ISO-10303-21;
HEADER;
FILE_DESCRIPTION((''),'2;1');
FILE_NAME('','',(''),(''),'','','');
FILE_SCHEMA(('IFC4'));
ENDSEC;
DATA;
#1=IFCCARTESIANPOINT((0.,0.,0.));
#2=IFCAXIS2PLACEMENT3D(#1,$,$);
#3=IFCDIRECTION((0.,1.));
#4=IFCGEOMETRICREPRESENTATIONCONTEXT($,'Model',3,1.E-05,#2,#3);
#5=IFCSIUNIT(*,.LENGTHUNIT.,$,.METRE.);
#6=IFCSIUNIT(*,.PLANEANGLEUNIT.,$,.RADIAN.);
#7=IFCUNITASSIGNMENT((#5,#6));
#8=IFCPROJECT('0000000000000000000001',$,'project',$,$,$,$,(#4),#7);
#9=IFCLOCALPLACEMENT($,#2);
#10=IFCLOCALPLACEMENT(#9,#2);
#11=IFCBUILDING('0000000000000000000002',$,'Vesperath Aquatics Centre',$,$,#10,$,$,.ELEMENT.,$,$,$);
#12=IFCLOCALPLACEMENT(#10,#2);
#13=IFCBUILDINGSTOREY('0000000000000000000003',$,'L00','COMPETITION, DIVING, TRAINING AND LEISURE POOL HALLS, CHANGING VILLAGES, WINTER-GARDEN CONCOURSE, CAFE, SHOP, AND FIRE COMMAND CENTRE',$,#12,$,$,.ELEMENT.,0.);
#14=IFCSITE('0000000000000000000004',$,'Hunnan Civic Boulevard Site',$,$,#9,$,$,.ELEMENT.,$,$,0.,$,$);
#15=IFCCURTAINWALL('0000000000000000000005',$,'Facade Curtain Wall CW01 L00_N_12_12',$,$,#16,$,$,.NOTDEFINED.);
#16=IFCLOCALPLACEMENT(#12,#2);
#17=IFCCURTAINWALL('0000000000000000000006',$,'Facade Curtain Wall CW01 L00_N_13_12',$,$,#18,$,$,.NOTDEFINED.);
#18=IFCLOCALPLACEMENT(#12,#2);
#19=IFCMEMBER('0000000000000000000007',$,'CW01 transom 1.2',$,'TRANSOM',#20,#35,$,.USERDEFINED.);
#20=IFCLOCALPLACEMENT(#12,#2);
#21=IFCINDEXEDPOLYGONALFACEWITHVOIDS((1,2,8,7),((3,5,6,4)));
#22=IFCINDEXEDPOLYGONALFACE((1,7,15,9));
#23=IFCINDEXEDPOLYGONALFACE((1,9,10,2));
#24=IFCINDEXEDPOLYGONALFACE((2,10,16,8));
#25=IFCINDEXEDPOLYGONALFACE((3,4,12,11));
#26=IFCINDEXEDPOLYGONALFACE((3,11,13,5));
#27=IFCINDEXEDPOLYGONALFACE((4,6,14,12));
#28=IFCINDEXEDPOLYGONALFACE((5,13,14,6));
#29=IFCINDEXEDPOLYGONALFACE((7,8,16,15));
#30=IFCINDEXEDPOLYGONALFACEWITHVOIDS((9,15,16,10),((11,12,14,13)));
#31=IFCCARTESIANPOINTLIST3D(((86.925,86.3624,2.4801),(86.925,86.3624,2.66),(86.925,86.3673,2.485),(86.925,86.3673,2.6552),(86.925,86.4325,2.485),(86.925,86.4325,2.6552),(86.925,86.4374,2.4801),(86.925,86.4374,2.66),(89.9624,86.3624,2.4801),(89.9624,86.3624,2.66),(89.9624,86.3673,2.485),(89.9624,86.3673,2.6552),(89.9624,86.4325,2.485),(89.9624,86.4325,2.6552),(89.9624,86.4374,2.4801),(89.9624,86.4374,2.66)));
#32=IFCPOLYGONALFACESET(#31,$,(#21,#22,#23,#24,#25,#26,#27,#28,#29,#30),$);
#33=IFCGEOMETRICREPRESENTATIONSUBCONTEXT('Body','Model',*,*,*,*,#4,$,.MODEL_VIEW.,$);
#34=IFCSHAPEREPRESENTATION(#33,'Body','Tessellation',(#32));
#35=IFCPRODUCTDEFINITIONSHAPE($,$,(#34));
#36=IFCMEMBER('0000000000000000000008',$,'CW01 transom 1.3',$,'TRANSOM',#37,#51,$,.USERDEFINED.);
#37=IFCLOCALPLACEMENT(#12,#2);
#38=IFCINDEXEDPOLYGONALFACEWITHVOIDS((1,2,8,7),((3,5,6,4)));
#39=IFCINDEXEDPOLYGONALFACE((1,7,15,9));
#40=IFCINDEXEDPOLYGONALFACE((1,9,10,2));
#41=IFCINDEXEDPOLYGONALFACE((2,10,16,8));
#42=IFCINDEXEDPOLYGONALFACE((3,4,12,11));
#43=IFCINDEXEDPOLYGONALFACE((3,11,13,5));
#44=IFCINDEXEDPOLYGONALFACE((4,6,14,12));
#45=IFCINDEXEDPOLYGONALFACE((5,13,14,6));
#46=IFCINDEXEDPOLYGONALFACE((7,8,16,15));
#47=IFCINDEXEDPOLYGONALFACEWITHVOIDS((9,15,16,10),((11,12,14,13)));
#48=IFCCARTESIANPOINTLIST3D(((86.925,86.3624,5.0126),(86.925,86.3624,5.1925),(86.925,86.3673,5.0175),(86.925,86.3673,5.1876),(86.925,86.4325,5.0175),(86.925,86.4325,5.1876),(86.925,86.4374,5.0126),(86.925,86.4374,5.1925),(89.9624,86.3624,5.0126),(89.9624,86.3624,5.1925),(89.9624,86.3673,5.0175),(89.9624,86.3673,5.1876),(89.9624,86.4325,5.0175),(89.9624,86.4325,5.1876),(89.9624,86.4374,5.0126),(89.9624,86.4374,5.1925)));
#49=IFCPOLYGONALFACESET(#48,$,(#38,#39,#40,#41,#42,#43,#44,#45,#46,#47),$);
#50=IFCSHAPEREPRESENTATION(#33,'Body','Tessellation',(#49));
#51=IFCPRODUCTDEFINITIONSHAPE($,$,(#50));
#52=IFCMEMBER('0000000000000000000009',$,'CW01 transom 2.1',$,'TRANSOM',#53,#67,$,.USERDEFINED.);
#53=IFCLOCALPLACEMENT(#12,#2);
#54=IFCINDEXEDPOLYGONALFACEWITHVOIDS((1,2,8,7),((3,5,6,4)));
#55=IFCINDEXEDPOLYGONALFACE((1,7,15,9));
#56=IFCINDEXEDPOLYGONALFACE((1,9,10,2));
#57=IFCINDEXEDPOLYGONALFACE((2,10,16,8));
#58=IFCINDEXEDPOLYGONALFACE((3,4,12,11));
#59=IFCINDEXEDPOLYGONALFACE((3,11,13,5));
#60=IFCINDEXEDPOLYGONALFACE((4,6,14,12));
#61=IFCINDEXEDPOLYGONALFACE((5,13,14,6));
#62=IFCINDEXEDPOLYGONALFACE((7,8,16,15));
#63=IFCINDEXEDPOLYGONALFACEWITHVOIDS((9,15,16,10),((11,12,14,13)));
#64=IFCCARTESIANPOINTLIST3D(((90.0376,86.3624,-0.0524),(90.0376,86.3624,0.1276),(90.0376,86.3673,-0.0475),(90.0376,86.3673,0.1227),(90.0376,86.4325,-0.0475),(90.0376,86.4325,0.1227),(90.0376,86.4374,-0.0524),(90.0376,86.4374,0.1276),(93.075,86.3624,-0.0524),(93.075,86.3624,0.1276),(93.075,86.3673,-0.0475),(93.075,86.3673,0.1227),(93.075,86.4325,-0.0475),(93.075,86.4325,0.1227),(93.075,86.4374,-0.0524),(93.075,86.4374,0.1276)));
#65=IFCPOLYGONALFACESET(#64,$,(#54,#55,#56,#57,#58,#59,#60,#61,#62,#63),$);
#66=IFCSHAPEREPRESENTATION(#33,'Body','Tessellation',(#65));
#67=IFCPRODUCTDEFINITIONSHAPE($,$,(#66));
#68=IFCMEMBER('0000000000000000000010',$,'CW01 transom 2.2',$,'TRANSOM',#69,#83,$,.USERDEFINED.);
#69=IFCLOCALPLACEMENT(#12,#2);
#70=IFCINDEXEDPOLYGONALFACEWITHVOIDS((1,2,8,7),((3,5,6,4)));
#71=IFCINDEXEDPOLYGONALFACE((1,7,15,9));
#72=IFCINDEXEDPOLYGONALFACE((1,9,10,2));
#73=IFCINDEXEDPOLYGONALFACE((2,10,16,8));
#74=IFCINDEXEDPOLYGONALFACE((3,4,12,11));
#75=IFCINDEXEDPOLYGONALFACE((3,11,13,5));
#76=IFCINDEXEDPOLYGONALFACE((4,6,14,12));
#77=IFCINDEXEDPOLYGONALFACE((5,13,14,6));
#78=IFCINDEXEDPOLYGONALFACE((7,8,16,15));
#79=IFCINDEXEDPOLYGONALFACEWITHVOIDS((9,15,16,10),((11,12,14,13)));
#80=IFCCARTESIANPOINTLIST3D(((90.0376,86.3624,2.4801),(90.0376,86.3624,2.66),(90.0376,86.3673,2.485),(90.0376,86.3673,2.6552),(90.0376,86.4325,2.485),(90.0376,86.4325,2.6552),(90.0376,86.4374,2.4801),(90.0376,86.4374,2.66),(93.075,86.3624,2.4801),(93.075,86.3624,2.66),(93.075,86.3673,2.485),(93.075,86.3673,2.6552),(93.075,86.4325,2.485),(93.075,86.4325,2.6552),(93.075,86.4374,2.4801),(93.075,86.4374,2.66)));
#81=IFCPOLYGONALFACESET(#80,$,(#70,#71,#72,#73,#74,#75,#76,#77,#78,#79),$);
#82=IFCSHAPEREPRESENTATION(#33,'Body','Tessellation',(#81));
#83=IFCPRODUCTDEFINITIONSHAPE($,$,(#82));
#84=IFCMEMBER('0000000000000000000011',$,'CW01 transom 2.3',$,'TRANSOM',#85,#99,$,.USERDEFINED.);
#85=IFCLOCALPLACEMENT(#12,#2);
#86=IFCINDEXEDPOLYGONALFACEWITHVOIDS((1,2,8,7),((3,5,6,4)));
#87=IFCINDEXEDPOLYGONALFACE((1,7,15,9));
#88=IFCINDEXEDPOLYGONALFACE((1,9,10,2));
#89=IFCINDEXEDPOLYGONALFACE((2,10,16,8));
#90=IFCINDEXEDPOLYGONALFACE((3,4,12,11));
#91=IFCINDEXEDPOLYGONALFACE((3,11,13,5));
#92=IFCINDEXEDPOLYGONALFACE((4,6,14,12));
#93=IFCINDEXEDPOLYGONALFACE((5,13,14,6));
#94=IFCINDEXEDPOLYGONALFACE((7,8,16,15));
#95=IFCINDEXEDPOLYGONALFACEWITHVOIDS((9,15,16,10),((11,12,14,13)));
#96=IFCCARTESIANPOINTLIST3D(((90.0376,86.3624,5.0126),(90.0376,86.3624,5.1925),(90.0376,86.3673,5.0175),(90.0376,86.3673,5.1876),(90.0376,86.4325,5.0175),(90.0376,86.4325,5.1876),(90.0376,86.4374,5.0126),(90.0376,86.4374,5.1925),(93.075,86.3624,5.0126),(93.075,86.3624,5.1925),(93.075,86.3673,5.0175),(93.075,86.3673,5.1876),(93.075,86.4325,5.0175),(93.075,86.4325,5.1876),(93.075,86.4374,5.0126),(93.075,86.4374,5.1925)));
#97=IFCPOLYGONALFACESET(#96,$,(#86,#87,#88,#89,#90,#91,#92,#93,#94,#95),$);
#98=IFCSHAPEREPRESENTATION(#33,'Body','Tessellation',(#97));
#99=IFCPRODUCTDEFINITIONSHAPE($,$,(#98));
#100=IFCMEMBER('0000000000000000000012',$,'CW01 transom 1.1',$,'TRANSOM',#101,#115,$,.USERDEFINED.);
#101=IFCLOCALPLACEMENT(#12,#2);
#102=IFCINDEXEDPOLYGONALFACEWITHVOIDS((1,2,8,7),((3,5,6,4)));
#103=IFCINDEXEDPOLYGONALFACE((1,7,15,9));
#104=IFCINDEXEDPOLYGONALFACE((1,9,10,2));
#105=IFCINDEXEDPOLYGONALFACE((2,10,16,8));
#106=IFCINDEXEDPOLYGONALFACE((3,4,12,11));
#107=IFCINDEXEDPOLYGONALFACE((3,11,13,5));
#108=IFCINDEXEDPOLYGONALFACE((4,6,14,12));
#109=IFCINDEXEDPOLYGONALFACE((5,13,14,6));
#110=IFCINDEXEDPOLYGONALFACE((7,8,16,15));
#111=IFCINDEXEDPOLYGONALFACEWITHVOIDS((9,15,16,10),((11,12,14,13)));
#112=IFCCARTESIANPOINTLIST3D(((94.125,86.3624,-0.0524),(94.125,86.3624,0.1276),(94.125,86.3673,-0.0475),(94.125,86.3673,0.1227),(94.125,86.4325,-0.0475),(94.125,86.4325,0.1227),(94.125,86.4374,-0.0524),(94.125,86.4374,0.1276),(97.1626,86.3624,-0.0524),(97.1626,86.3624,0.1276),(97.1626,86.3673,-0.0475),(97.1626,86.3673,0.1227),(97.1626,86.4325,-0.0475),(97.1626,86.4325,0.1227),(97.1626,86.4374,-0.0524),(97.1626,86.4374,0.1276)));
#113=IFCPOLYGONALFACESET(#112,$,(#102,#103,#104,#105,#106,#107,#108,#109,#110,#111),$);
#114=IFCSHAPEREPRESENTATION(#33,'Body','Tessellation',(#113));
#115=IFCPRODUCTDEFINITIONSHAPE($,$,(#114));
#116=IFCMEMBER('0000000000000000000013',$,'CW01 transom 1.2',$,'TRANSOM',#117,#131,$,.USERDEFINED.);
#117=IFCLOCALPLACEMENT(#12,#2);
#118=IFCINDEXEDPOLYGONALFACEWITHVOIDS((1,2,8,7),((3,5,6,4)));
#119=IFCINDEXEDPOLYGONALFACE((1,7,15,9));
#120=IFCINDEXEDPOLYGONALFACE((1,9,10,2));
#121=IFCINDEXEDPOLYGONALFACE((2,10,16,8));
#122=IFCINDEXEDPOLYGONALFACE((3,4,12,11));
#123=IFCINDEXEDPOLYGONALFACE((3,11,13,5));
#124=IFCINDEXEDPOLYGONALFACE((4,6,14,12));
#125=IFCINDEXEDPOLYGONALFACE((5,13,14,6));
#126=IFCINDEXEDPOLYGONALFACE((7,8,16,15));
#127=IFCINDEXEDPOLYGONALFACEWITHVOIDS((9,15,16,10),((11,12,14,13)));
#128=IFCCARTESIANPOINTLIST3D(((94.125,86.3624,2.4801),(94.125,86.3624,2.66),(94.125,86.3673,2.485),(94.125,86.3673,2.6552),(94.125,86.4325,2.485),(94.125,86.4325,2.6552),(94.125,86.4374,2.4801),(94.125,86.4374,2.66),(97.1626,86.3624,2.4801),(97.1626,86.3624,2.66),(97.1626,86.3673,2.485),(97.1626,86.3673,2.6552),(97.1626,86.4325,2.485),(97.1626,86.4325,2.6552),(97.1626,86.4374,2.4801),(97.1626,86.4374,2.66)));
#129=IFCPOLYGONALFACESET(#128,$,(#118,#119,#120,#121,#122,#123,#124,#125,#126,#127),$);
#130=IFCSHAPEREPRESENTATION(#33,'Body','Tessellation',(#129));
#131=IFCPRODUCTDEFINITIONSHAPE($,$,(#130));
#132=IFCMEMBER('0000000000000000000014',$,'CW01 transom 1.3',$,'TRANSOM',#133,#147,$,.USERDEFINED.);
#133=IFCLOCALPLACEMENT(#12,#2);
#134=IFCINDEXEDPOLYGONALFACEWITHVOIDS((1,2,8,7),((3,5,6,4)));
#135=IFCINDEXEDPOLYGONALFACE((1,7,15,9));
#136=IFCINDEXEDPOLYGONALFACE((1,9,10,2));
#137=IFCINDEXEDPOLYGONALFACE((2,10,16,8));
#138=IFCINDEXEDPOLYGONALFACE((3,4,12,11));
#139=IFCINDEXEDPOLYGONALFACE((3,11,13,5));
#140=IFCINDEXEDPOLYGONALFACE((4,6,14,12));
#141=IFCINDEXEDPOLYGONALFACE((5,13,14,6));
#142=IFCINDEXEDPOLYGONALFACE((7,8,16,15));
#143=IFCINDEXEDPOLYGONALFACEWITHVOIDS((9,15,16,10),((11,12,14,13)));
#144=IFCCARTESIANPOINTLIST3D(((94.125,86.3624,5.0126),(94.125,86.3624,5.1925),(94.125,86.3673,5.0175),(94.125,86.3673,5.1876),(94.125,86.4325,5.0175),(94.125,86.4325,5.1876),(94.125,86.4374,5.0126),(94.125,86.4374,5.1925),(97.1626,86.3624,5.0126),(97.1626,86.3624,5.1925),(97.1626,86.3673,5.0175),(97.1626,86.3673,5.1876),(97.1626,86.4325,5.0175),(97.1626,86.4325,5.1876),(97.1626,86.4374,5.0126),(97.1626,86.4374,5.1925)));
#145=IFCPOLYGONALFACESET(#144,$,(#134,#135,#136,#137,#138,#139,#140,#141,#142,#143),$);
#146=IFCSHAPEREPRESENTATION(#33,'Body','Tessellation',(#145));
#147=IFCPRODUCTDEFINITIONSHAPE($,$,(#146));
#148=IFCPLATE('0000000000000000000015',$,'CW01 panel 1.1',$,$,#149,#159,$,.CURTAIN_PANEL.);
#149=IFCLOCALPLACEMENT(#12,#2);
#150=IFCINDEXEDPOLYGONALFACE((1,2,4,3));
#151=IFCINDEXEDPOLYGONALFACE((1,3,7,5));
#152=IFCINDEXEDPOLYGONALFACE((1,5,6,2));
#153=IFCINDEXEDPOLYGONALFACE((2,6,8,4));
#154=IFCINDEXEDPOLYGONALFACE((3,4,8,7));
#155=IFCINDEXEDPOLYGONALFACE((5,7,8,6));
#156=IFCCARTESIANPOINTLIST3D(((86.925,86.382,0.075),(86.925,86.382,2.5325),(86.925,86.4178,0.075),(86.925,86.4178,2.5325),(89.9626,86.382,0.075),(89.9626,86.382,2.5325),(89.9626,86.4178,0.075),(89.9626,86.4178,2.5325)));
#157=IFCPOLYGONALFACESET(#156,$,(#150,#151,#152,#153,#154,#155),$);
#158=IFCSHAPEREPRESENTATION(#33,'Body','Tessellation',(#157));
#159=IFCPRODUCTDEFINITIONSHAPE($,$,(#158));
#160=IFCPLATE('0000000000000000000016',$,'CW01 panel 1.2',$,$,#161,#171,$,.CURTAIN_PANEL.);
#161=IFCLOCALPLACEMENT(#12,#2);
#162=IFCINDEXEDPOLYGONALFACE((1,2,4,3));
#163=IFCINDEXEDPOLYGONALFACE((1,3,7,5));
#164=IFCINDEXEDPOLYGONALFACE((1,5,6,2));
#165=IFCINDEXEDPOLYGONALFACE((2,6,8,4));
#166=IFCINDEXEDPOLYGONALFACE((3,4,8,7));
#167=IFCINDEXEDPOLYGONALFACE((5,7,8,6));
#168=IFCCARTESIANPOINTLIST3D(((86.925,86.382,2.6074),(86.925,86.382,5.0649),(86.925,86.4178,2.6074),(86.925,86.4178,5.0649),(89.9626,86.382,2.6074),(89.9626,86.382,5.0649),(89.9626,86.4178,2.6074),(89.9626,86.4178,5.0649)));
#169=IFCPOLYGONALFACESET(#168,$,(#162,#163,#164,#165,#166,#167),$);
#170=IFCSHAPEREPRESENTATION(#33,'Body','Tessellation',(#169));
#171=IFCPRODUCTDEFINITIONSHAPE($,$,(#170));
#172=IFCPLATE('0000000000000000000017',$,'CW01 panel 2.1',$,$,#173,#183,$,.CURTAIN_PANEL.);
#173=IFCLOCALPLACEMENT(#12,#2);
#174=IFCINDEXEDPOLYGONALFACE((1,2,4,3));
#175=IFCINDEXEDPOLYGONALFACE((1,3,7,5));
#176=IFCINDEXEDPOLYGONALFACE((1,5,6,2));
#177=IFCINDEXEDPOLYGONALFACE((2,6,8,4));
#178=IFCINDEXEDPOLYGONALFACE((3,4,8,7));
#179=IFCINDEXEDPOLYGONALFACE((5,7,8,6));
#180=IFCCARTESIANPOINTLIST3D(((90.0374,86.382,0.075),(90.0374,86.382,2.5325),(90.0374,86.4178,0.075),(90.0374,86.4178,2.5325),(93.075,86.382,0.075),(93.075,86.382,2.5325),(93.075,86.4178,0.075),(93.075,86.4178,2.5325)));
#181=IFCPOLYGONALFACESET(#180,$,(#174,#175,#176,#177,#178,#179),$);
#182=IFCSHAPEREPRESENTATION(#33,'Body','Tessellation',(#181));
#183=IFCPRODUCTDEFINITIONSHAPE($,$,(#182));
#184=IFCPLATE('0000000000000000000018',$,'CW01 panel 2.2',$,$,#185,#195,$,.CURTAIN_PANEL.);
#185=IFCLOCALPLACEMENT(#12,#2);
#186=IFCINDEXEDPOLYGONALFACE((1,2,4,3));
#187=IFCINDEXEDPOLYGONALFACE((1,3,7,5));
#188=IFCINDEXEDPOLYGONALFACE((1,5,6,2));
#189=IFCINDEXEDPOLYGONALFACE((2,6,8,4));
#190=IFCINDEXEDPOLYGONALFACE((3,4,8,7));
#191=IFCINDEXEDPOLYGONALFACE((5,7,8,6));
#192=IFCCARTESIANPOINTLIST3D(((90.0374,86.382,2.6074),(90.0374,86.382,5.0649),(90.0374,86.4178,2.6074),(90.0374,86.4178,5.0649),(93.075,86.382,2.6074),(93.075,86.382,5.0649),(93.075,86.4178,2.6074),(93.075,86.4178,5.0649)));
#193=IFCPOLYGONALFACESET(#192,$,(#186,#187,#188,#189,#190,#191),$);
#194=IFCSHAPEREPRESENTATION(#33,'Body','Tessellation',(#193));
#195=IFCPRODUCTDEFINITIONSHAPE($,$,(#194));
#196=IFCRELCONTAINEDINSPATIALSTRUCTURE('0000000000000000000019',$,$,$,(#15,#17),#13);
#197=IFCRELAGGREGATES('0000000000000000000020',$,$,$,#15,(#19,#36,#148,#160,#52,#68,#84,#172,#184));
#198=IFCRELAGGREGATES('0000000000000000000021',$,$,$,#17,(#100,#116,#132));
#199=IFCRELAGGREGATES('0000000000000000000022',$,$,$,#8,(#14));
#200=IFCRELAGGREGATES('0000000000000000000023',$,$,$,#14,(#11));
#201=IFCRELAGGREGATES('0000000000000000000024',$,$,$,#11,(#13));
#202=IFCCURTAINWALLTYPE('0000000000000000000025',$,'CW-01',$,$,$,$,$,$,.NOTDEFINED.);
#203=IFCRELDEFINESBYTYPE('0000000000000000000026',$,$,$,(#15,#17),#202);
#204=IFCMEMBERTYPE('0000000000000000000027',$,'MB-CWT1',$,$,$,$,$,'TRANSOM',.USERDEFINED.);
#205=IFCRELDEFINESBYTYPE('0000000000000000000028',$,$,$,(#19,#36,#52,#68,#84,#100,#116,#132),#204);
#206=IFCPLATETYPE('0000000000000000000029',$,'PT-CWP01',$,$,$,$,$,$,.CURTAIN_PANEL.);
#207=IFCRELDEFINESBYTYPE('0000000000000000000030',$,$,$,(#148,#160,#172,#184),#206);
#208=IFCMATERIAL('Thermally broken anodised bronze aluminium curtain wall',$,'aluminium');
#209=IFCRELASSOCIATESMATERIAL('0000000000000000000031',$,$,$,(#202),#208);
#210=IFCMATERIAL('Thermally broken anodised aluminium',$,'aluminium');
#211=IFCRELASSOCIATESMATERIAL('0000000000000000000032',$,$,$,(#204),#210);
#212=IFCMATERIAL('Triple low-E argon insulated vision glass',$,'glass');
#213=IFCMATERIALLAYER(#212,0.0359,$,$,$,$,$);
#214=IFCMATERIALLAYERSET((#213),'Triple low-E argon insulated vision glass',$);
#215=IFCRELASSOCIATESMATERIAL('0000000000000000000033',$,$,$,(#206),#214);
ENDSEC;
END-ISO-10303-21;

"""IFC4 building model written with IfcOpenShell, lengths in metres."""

from ifc_helpers import new_model, si_unit, direction, frame, origin, origin_2d, place, context, subcontext, project, spatial, rectangle, hollow_rectangle, extrude, material, layer, layer_set, material_profile, profile_set, type_object, element, aggregate, save


model = new_model("IFC4")

# Units and contexts
model_context = context("Model", 3, precision=1e-05, world=origin(), true_north=direction((0.0, 1.0)))
body_context = subcontext(model_context, "Body", "Model", "MODEL_VIEW")
ifc_project = project(units=[si_unit("LENGTHUNIT", "METRE"), si_unit("PLANEANGLEUNIT", "RADIAN")], contexts=[model_context])

# Site, building, storey
site_placement = place(None, origin())
site = spatial("IfcSite", under=ifc_project, at=site_placement, Name="Hunnan Civic Boulevard Site", CompositionType="ELEMENT", RefElevation=0.0)
building_placement = place(site_placement, origin())
building = spatial("IfcBuilding", under=site, at=building_placement, Name="Vesperath Aquatics Centre", CompositionType="ELEMENT")
storey_placement = place(building_placement, origin())
storey = spatial("IfcBuildingStorey", under=building, at=storey_placement, Name="L00", Description="COMPETITION, DIVING, TRAINING AND LEISURE POOL HALLS, CHANGING VILLAGES, WINTER-GARDEN CONCOURSE, CAFE, SHOP, AND FIRE COMMAND CENTRE", CompositionType="ELEMENT", Elevation=0.0)

# Curtain walls
ifc_material_1 = material(Name="Thermally broken anodised bronze aluminium curtain wall", Category="aluminium")
curtain_wall_type = type_object("IfcCurtainWallType", Name="CW-01", PredefinedType="NOTDEFINED", material=ifc_material_1)
curtain_wall_1_placement = place(storey_placement, origin())
curtain_wall_1 = element("IfcCurtainWall", 1, at=curtain_wall_1_placement, inside=storey, type_object=curtain_wall_type, Name="Facade Curtain Wall CW01 L00_N_12_12", PredefinedType="NOTDEFINED")
ifc_material_2 = material(Name="Thermally broken anodised aluminium", Category="aluminium")
curtain_wall_2_placement = place(storey_placement, origin())
curtain_wall_2 = element("IfcCurtainWall", 2, at=curtain_wall_2_placement, inside=storey, type_object=curtain_wall_type, Name="Facade Curtain Wall CW01 L00_N_13_12", PredefinedType="NOTDEFINED")

# Members
ifc_material_profile_1 = material_profile(ifc_material_2, hollow_rectangle(XDim=0.075, YDim=0.1799, WallThickness=0.0049, at=origin_2d()), Name="CWT 75x180x5")
ifc_profile_set_1 = profile_set([ifc_material_profile_1], Name="Thermally broken anodised aluminium")
member_type_1 = type_object("IfcMemberType", Name="MB-CWT1", ElementType="TRANSOM", PredefinedType="USERDEFINED", material=ifc_profile_set_1)
member_1_placement = place(storey_placement, frame((86.925, 86.3999, 2.5701), z_axis=(1.0, 0.0, 0.0), x_axis=(0.0, 1.0, 0.0)))
member_1 = element("IfcMember", 3, at=member_1_placement, type_object=member_type_1, Name="CW01 transom 1.2", ObjectType="TRANSOM", PredefinedType="USERDEFINED", context=body_context, shape_type="SweptSolid", body=[
    extrude(hollow_rectangle(XDim=0.075, YDim=0.1799, WallThickness=0.0049, at=origin_2d()), origin(), (0.0, 0.0, 1.0), 3.0374),
])
member_2_placement = place(storey_placement, frame((86.925, 86.3999, 5.1025), z_axis=(1.0, 0.0, 0.0), x_axis=(0.0, 1.0, 0.0)))
member_2 = element("IfcMember", 4, at=member_2_placement, type_object=member_type_1, Name="CW01 transom 1.3", ObjectType="TRANSOM", PredefinedType="USERDEFINED", context=body_context, shape_type="SweptSolid", body=[
    extrude(hollow_rectangle(XDim=0.075, YDim=0.1799, WallThickness=0.0049, at=origin_2d()), origin(), (0.0, 0.0, 1.0), 3.0374),
])
member_3_placement = place(storey_placement, frame((90.0376, 86.3999, 0.0376), z_axis=(1.0, 0.0, 0.0), x_axis=(0.0, 1.0, 0.0)))
member_3 = element("IfcMember", 5, at=member_3_placement, type_object=member_type_1, Name="CW01 transom 2.1", ObjectType="TRANSOM", PredefinedType="USERDEFINED", context=body_context, shape_type="SweptSolid", body=[
    extrude(hollow_rectangle(XDim=0.075, YDim=0.1799, WallThickness=0.0049, at=origin_2d()), origin(), (0.0, 0.0, 1.0), 3.0374),
])
member_4_placement = place(storey_placement, frame((90.0376, 86.3999, 2.5701), z_axis=(1.0, 0.0, 0.0), x_axis=(0.0, 1.0, 0.0)))
member_4 = element("IfcMember", 6, at=member_4_placement, type_object=member_type_1, Name="CW01 transom 2.2", ObjectType="TRANSOM", PredefinedType="USERDEFINED", context=body_context, shape_type="SweptSolid", body=[
    extrude(hollow_rectangle(XDim=0.075, YDim=0.1799, WallThickness=0.0049, at=origin_2d()), origin(), (0.0, 0.0, 1.0), 3.0374),
])
member_5_placement = place(storey_placement, frame((90.0376, 86.3999, 5.1025), z_axis=(1.0, 0.0, 0.0), x_axis=(0.0, 1.0, 0.0)))
member_5 = element("IfcMember", 7, at=member_5_placement, type_object=member_type_1, Name="CW01 transom 2.3", ObjectType="TRANSOM", PredefinedType="USERDEFINED", context=body_context, shape_type="SweptSolid", body=[
    extrude(hollow_rectangle(XDim=0.075, YDim=0.1799, WallThickness=0.0049, at=origin_2d()), origin(), (0.0, 0.0, 1.0), 3.0374),
])
member_6_placement = place(storey_placement, frame((94.125, 86.3999, 0.0376), z_axis=(1.0, 0.0, 0.0), x_axis=(0.0, 1.0, 0.0)))
member_6 = element("IfcMember", 8, at=member_6_placement, type_object=member_type_1, Name="CW01 transom 1.1", ObjectType="TRANSOM", PredefinedType="USERDEFINED", context=body_context, shape_type="SweptSolid", body=[
    extrude(hollow_rectangle(XDim=0.075, YDim=0.1799, WallThickness=0.0049, at=origin_2d()), origin(), (0.0, 0.0, 1.0), 3.0376),
])
member_7_placement = place(storey_placement, frame((94.125, 86.3999, 2.5701), z_axis=(1.0, 0.0, 0.0), x_axis=(0.0, 1.0, 0.0)))
member_7 = element("IfcMember", 9, at=member_7_placement, type_object=member_type_1, Name="CW01 transom 1.2", ObjectType="TRANSOM", PredefinedType="USERDEFINED", context=body_context, shape_type="SweptSolid", body=[
    extrude(hollow_rectangle(XDim=0.075, YDim=0.1799, WallThickness=0.0049, at=origin_2d()), origin(), (0.0, 0.0, 1.0), 3.0376),
])
member_8_placement = place(storey_placement, frame((94.125, 86.3999, 5.1025), z_axis=(1.0, 0.0, 0.0), x_axis=(0.0, 1.0, 0.0)))
member_8 = element("IfcMember", 10, at=member_8_placement, type_object=member_type_1, Name="CW01 transom 1.3", ObjectType="TRANSOM", PredefinedType="USERDEFINED", context=body_context, shape_type="SweptSolid", body=[
    extrude(hollow_rectangle(XDim=0.075, YDim=0.1799, WallThickness=0.0049, at=origin_2d()), origin(), (0.0, 0.0, 1.0), 3.0376),
])

# Plates
ifc_material_3 = material(Name="Triple low-E argon insulated vision glass", Category="glass")
ifc_layer_1 = layer(ifc_material_3, 0.0359)
ifc_layer_set_1 = layer_set([ifc_layer_1], Name="Triple low-E argon insulated vision glass")
plate_type = type_object("IfcPlateType", Name="PT-CWP01", PredefinedType="CURTAIN_PANEL", material=ifc_layer_set_1)
plate_1_placement = place(storey_placement, frame((88.4438, 86.3999, 0.075), z_axis=(0.0, 0.0, 1.0), x_axis=(1.0, 0.0, 0.0)))
plate_1 = element("IfcPlate", 11, at=plate_1_placement, type_object=plate_type, Name="CW01 panel 1.1", PredefinedType="CURTAIN_PANEL", context=body_context, shape_type="SweptSolid", body=[
    extrude(rectangle(XDim=3.0376, YDim=0.0359, at=origin_2d()), origin(), (0.0, 0.0, 1.0), 2.4575),
])
plate_2_placement = place(storey_placement, frame((88.4438, 86.3999, 2.6074), z_axis=(0.0, 0.0, 1.0), x_axis=(1.0, 0.0, 0.0)))
plate_2 = element("IfcPlate", 12, at=plate_2_placement, type_object=plate_type, Name="CW01 panel 1.2", PredefinedType="CURTAIN_PANEL", context=body_context, shape_type="SweptSolid", body=[
    extrude(rectangle(XDim=3.0376, YDim=0.0359, at=origin_2d()), origin(), (0.0, 0.0, 1.0), 2.4575),
])
plate_3_placement = place(storey_placement, frame((91.5562, 86.3999, 0.075), z_axis=(0.0, 0.0, 1.0), x_axis=(1.0, 0.0, 0.0)))
plate_3 = element("IfcPlate", 13, at=plate_3_placement, type_object=plate_type, Name="CW01 panel 2.1", PredefinedType="CURTAIN_PANEL", context=body_context, shape_type="SweptSolid", body=[
    extrude(rectangle(XDim=3.0376, YDim=0.0359, at=origin_2d()), origin(), (0.0, 0.0, 1.0), 2.4575),
])
plate_4_placement = place(storey_placement, frame((91.5562, 86.3999, 2.6074), z_axis=(0.0, 0.0, 1.0), x_axis=(1.0, 0.0, 0.0)))
plate_4 = element("IfcPlate", 14, at=plate_4_placement, type_object=plate_type, Name="CW01 panel 2.2", PredefinedType="CURTAIN_PANEL", context=body_context, shape_type="SweptSolid", body=[
    extrude(rectangle(XDim=3.0376, YDim=0.0359, at=origin_2d()), origin(), (0.0, 0.0, 1.0), 2.4575),
])
aggregate(curtain_wall_1, [member_1, member_2, plate_1, plate_2, member_3, member_4, member_5, plate_3, plate_4])
aggregate(curtain_wall_2, [member_6, member_7, member_8])

save(model, "model.ifc")
